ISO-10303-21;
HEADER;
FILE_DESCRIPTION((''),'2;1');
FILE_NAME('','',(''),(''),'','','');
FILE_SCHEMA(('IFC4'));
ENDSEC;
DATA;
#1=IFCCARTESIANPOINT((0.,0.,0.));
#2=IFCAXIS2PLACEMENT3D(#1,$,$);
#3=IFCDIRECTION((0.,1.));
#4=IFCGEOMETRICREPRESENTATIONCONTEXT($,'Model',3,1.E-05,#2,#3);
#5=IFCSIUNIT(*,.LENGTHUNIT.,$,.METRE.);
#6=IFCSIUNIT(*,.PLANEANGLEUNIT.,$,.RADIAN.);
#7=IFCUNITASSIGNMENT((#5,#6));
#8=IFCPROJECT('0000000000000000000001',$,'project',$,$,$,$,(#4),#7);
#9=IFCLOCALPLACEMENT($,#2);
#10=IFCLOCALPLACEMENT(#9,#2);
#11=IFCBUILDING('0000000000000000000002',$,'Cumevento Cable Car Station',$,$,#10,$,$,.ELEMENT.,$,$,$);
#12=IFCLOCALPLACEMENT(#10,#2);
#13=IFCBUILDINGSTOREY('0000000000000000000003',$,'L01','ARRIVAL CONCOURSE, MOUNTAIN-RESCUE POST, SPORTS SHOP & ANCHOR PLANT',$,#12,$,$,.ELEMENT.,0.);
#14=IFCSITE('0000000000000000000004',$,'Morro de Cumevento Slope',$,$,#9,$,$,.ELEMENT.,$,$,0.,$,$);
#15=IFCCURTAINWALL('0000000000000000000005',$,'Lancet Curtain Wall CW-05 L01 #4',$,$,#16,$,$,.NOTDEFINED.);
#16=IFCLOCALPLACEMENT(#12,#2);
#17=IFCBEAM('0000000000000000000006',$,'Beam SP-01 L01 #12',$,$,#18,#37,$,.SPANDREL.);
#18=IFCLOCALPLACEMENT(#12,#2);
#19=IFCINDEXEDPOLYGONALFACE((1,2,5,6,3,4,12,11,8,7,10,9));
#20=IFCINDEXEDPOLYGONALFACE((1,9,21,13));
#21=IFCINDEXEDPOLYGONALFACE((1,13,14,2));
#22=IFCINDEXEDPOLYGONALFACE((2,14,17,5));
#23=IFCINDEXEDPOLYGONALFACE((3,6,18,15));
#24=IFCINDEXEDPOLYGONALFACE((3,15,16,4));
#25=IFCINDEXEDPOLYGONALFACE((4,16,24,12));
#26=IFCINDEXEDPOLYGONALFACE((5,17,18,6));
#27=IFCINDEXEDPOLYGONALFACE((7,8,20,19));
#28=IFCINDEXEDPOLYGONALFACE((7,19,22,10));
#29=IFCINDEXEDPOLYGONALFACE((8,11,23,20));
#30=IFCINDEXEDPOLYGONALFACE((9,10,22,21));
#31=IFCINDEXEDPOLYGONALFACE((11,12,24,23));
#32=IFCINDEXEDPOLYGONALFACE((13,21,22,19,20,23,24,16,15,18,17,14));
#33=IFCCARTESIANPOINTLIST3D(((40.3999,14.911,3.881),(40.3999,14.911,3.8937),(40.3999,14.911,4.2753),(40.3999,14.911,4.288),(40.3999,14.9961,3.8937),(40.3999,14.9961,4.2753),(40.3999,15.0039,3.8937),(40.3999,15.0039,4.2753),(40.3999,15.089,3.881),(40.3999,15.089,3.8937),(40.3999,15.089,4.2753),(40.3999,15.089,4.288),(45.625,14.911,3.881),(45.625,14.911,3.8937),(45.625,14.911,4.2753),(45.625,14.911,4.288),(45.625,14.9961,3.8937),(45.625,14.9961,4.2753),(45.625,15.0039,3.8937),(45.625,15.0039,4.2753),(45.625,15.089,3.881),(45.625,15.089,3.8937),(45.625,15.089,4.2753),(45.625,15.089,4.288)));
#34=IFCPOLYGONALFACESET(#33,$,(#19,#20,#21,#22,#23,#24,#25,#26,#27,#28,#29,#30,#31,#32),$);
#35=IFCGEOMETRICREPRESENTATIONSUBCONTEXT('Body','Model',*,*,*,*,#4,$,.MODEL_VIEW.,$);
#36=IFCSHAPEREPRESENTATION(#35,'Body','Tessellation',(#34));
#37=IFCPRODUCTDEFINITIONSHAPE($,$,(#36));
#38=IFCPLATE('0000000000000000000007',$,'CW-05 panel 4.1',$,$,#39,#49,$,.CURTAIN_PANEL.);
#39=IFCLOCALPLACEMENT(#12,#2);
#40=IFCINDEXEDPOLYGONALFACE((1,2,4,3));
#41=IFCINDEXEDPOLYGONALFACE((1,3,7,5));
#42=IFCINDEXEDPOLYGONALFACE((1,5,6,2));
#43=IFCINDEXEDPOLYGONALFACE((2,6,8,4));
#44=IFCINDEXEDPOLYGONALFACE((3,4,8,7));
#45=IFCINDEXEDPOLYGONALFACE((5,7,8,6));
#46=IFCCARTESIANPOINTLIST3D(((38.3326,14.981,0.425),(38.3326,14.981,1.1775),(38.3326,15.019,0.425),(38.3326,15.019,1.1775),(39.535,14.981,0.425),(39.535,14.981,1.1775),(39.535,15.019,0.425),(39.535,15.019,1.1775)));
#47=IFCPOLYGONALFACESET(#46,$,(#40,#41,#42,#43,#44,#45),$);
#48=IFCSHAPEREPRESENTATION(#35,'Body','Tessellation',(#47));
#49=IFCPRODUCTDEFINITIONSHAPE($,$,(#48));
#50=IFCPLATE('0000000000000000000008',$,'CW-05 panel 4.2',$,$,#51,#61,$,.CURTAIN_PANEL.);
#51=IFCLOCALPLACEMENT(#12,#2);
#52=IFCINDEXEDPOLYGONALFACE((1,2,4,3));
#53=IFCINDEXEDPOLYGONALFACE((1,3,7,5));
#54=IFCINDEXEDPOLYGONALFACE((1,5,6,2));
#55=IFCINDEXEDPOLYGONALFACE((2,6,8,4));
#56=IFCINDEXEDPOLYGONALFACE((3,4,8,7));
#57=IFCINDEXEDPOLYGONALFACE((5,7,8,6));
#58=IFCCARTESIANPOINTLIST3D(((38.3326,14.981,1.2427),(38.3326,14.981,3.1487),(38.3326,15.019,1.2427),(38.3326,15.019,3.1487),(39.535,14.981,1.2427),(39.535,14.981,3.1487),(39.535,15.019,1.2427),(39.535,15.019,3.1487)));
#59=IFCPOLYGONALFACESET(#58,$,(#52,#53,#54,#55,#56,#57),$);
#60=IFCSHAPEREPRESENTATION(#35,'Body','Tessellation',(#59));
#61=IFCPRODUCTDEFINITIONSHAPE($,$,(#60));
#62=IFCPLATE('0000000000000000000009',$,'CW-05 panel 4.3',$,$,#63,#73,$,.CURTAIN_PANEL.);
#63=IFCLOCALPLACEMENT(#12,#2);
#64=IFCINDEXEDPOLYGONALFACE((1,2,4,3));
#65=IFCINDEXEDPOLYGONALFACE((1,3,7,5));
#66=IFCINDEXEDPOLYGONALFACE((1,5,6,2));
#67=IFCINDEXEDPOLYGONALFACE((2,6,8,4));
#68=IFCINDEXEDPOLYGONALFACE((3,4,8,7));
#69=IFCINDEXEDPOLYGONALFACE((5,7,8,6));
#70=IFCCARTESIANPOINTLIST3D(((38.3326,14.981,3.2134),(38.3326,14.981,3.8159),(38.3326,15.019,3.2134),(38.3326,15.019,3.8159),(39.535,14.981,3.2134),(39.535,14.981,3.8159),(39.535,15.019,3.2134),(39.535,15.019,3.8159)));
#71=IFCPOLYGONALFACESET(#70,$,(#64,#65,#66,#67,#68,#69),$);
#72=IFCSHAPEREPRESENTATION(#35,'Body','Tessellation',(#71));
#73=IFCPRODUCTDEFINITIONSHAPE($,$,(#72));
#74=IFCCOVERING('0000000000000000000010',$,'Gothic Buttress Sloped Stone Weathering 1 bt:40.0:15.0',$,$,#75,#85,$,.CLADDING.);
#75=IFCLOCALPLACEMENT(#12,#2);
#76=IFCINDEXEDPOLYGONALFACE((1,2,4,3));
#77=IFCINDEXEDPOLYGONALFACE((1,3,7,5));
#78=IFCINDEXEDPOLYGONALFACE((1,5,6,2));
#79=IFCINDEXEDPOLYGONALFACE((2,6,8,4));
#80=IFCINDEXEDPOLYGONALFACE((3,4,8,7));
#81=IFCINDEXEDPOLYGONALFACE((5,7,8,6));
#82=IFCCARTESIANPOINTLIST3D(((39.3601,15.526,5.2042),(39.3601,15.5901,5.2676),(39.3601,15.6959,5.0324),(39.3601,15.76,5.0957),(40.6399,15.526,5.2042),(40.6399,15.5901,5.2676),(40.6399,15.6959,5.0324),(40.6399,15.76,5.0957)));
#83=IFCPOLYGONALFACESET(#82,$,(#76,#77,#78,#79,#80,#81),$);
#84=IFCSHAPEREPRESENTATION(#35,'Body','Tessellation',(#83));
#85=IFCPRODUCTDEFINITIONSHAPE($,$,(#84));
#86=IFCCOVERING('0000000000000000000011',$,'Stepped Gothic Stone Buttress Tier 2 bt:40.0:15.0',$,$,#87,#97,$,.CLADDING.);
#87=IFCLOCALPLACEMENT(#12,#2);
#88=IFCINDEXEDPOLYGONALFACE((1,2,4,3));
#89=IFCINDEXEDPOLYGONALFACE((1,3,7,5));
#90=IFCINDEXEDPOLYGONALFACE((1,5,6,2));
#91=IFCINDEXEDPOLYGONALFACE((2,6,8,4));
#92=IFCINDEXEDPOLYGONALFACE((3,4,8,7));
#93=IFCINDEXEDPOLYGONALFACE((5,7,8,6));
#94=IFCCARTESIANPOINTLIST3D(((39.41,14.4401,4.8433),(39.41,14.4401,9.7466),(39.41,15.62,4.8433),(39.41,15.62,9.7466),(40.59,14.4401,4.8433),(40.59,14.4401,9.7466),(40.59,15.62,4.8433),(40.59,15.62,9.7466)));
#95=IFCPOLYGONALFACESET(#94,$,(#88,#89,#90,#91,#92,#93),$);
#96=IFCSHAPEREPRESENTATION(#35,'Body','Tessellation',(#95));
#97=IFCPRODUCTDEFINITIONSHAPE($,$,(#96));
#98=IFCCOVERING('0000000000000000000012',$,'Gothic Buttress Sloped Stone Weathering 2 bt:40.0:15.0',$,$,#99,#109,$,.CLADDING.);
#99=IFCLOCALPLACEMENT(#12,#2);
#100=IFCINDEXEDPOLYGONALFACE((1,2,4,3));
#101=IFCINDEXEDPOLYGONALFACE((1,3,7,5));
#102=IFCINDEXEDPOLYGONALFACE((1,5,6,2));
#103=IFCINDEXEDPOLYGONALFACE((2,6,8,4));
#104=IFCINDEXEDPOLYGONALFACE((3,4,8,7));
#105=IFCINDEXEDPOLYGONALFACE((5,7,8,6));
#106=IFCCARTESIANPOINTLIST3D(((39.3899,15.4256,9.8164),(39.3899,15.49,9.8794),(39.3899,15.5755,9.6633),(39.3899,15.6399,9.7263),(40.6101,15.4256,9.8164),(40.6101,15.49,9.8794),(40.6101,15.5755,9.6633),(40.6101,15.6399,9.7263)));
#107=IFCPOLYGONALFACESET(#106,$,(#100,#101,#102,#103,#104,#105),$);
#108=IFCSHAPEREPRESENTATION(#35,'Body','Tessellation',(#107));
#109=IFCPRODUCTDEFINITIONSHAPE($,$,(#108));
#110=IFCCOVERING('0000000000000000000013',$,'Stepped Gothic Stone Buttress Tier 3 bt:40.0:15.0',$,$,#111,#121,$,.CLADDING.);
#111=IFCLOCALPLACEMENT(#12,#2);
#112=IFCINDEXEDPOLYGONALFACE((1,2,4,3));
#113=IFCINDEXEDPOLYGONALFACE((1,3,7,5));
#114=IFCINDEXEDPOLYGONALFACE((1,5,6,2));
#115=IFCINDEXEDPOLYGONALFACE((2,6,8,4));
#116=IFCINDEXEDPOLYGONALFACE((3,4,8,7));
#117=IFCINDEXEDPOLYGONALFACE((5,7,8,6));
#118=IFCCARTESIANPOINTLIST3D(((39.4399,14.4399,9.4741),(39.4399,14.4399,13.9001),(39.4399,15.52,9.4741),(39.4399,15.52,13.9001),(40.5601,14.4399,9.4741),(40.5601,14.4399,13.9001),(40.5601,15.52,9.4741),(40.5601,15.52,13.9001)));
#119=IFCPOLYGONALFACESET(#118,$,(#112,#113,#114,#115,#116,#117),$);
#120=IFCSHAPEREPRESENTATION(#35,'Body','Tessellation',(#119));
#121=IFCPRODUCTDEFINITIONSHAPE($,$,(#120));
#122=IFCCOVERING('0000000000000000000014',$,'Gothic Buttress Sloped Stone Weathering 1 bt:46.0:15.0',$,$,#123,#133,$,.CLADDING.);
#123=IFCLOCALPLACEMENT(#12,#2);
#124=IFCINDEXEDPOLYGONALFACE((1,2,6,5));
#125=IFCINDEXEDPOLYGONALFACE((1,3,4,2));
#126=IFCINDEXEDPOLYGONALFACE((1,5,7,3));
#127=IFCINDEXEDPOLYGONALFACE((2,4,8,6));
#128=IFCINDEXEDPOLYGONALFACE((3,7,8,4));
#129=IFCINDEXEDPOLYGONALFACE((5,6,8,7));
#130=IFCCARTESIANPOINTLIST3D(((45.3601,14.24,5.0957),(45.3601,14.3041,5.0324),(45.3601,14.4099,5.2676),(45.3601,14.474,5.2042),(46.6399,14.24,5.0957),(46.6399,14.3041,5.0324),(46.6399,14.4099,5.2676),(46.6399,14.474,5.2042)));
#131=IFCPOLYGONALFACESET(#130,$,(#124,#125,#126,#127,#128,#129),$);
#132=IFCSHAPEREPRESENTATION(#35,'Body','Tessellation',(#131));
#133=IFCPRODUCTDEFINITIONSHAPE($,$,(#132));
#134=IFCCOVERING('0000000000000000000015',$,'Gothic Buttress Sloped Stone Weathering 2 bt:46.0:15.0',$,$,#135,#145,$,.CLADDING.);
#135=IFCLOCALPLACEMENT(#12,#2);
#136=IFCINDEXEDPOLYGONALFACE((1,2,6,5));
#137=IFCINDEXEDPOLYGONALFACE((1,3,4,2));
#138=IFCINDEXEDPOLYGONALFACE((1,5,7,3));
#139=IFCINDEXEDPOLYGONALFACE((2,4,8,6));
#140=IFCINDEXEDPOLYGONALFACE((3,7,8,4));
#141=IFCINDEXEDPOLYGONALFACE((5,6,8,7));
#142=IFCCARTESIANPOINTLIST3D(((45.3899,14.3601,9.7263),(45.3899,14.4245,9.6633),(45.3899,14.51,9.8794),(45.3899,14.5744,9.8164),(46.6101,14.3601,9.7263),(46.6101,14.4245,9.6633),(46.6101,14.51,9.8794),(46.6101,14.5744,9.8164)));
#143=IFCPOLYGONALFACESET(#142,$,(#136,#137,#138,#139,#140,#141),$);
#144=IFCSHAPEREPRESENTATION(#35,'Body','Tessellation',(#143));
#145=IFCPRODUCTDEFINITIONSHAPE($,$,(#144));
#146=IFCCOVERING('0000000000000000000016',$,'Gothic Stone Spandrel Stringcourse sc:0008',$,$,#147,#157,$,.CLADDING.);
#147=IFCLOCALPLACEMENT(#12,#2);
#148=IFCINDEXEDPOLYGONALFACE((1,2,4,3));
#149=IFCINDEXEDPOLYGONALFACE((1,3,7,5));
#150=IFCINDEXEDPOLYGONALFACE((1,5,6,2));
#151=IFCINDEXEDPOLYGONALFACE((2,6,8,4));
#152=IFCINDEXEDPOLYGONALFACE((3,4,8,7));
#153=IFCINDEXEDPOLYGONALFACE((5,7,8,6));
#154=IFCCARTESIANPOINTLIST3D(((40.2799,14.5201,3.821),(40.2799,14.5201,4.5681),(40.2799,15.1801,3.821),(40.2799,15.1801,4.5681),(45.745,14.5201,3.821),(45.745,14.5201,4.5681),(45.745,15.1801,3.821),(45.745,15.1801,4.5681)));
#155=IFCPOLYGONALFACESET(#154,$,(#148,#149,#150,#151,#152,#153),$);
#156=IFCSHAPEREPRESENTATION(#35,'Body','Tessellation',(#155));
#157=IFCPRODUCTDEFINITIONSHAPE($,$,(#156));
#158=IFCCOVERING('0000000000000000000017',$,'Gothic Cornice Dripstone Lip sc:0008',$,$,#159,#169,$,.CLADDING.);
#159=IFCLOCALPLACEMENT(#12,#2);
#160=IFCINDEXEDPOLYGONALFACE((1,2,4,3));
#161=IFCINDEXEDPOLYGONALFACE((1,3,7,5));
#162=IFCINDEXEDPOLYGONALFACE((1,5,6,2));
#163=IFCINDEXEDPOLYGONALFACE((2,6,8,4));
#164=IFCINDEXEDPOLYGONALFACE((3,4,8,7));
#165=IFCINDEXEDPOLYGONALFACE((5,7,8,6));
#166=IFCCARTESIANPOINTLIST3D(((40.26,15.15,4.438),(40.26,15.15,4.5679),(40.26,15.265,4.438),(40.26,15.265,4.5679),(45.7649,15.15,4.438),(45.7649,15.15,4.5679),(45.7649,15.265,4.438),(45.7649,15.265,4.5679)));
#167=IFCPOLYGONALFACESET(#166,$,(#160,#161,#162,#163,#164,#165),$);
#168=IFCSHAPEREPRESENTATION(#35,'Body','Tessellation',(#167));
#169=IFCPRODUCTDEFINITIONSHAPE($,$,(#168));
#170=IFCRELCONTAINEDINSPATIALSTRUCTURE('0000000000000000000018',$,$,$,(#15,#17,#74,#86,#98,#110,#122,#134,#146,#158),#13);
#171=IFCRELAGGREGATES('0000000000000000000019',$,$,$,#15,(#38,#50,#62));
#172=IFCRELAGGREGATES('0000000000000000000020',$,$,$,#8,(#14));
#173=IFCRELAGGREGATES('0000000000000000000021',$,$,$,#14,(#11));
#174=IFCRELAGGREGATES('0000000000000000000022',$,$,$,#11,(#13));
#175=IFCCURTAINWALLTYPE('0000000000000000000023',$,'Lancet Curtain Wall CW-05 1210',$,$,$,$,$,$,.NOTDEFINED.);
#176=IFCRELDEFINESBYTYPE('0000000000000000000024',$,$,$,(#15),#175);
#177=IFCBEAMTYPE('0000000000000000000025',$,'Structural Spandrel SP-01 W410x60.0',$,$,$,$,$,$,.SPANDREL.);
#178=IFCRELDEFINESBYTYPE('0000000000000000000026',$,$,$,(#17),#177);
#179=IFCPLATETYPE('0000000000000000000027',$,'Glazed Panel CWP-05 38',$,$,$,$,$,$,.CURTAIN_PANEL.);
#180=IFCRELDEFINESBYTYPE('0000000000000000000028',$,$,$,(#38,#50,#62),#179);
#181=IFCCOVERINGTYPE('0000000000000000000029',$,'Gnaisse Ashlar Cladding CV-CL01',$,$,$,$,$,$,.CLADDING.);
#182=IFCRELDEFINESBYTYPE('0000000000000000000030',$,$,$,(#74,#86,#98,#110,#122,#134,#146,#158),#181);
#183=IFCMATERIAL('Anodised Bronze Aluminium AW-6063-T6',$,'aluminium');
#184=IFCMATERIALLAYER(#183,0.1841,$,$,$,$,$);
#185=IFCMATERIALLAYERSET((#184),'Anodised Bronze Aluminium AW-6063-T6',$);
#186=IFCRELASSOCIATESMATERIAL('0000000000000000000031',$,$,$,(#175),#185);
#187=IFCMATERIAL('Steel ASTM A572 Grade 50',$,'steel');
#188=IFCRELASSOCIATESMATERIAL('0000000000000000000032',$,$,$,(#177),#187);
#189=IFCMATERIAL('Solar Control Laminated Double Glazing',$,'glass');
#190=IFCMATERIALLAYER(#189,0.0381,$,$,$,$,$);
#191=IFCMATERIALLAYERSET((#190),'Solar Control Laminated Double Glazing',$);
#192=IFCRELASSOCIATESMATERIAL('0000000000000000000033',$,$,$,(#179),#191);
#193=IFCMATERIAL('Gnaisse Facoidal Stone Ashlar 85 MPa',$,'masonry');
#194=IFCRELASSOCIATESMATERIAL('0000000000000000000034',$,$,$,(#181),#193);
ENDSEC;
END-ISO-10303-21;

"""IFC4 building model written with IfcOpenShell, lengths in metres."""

from ifc_helpers import new_model, si_unit, direction, frame, origin, origin_2d, place, context, subcontext, project, spatial, polyline, rectangle, i_section, outline, extrude, material, layer, layer_set, material_profile, profile_set, type_object, element, aggregate, save


model = new_model("IFC4")

# Units and contexts
model_context = context("Model", 3, precision=1e-05, world=origin(), true_north=direction((0.0, 1.0)))
body_context = subcontext(model_context, "Body", "Model", "MODEL_VIEW")
ifc_project = project(units=[si_unit("LENGTHUNIT", "METRE"), si_unit("PLANEANGLEUNIT", "RADIAN")], contexts=[model_context])

# Site, building, storey
site_placement = place(None, origin())
site = spatial("IfcSite", under=ifc_project, at=site_placement, Name="Morro de Cumevento Slope", CompositionType="ELEMENT", RefElevation=0.0)
building_placement = place(site_placement, origin())
building = spatial("IfcBuilding", under=site, at=building_placement, Name="Cumevento Cable Car Station", CompositionType="ELEMENT")
storey_placement = place(building_placement, origin())
storey = spatial("IfcBuildingStorey", under=building, at=storey_placement, Name="L01", Description="ARRIVAL CONCOURSE, MOUNTAIN-RESCUE POST, SPORTS SHOP & ANCHOR PLANT", CompositionType="ELEMENT", Elevation=0.0)

# Curtain wall
ifc_material_1 = material(Name="Anodised Bronze Aluminium AW-6063-T6", Category="aluminium")
ifc_layer_1 = layer(ifc_material_1, 0.1841)
ifc_layer_set_1 = layer_set([ifc_layer_1], Name="Anodised Bronze Aluminium AW-6063-T6")
curtain_wall_type = type_object("IfcCurtainWallType", Name="Lancet Curtain Wall CW-05 1210", PredefinedType="NOTDEFINED", material=ifc_layer_set_1)
curtain_wall_placement = place(storey_placement, origin())
curtain_wall = element("IfcCurtainWall", 1, at=curtain_wall_placement, inside=storey, type_object=curtain_wall_type, Name="Lancet Curtain Wall CW-05 L01 #4", PredefinedType="NOTDEFINED")

# Beam
ifc_material_2 = material(Name="Steel ASTM A572 Grade 50", Category="steel")
ifc_material_profile_1 = material_profile(ifc_material_2, i_section(OverallWidth=0.178, OverallDepth=0.407, WebThickness=0.0078, FlangeThickness=0.0127, at=origin_2d()), Name="W410x60.0")
ifc_profile_set_1 = profile_set([ifc_material_profile_1], Name="Steel ASTM A572 Grade 50")
beam_type_1 = type_object("IfcBeamType", Name="Structural Spandrel SP-01 W410x60.0", PredefinedType="SPANDREL", material=ifc_profile_set_1)
beam_1_placement = place(storey_placement, frame((40.3999, 15.0, 4.0845), z_axis=(1.0, 0.0, 0.0), x_axis=(0.0, 1.0, 0.0)))
element("IfcBeam", 2, at=beam_1_placement, inside=storey, type_object=beam_type_1, Name="Beam SP-01 L01 #12", PredefinedType="SPANDREL", context=body_context, shape_type="SweptSolid", body=[
    extrude(i_section(OverallWidth=0.178, OverallDepth=0.407, WebThickness=0.0078, FlangeThickness=0.0127, at=origin_2d()), origin(), (0.0, 0.0, 1.0), 5.2251),
])

# Plates
ifc_material_3 = material(Name="Solar Control Laminated Double Glazing", Category="glass")
ifc_layer_2 = layer(ifc_material_3, 0.0381)
ifc_layer_set_2 = layer_set([ifc_layer_2], Name="Solar Control Laminated Double Glazing")
plate_type = type_object("IfcPlateType", Name="Glazed Panel CWP-05 38", PredefinedType="CURTAIN_PANEL", material=ifc_layer_set_2)
plate_1_placement = place(storey_placement, frame((38.9338, 15.0, 0.425), z_axis=(0.0, 0.0, 1.0), x_axis=(1.0, 0.0, 0.0)))
plate_1 = element("IfcPlate", 3, at=plate_1_placement, type_object=plate_type, Name="CW-05 panel 4.1", PredefinedType="CURTAIN_PANEL", context=body_context, shape_type="SweptSolid", body=[
    extrude(rectangle(XDim=1.2024, YDim=0.0381, at=origin_2d()), origin(), (0.0, 0.0, 1.0), 0.7524),
])
plate_2_placement = place(storey_placement, frame((38.9338, 15.0, 1.2427), z_axis=(0.0, 0.0, 1.0), x_axis=(1.0, 0.0, 0.0)))
plate_2 = element("IfcPlate", 4, at=plate_2_placement, type_object=plate_type, Name="CW-05 panel 4.2", PredefinedType="CURTAIN_PANEL", context=body_context, shape_type="SweptSolid", body=[
    extrude(rectangle(XDim=1.2024, YDim=0.0381, at=origin_2d()), origin(), (0.0, 0.0, 1.0), 1.906),
])
plate_3_placement = place(storey_placement, frame((38.9338, 15.0, 3.2134), z_axis=(0.0, 0.0, 1.0), x_axis=(1.0, 0.0, 0.0)))
plate_3 = element("IfcPlate", 5, at=plate_3_placement, type_object=plate_type, Name="CW-05 panel 4.3", PredefinedType="CURTAIN_PANEL", context=body_context, shape_type="SweptSolid", body=[
    extrude(rectangle(XDim=1.2024, YDim=0.0381, at=origin_2d()), origin(), (0.0, 0.0, 1.0), 0.6025),
])
aggregate(curtain_wall, [plate_1, plate_2, plate_3])

# Coverings
ifc_material_4 = material(Name="Gnaisse Facoidal Stone Ashlar 85 MPa", Category="masonry")
covering_type = type_object("IfcCoveringType", Name="Gnaisse Ashlar Cladding CV-CL01", PredefinedType="CLADDING", material=ifc_material_4)
covering_1_placement = place(storey_placement, frame((40.6399, 15.76, 5.0957), z_axis=(0.0, 0.711136, 0.703055), x_axis=(-1.0, 0.0, 0.0)))
element("IfcCovering", 6, at=covering_1_placement, inside=storey, type_object=covering_type, Name="Gothic Buttress Sloped Stone Weathering 1 bt:40.0:15.0", PredefinedType="CLADDING", context=body_context, shape_type="SweptSolid", body=[
    extrude(outline(polyline([(0.0, 0.0), (1.2798, 0.0), (1.2798, 0.2417), (0.0, 0.2417), (0.0, 0.0)])), origin(), (0.0, 0.0, -1.0), 0.0901),
])
covering_2_placement = place(storey_placement, frame((40.0, 15.03, 4.8433), z_axis=(0.0, 0.0, 1.0), x_axis=(-1.0, 0.0, 0.0)))
element("IfcCovering", 7, at=covering_2_placement, inside=storey, type_object=covering_type, Name="Stepped Gothic Stone Buttress Tier 2 bt:40.0:15.0", PredefinedType="CLADDING", context=body_context, shape_type="SweptSolid", body=[
    extrude(rectangle(XDim=1.1799, YDim=1.1799, at=origin_2d()), origin(), (0.0, 0.0, 1.0), 4.9033),
])
covering_3_placement = place(storey_placement, frame((40.6101, 15.6399, 9.7263), z_axis=(0.0, 0.714475, 0.699661), x_axis=(-1.0, 0.0, 0.0)))
element("IfcCovering", 8, at=covering_3_placement, inside=storey, type_object=covering_type, Name="Gothic Buttress Sloped Stone Weathering 2 bt:40.0:15.0", PredefinedType="CLADDING", context=body_context, shape_type="SweptSolid", body=[
    extrude(outline(polyline([(0.0, 0.0), (1.2202, 0.0), (1.2202, 0.2142), (0.0, 0.2142), (0.0, 0.0)])), origin(), (0.0, 0.0, -1.0), 0.0901),
])
covering_4_placement = place(storey_placement, frame((40.0, 14.98, 9.4741), z_axis=(0.0, 0.0, 1.0), x_axis=(-1.0, 0.0, 0.0)))
element("IfcCovering", 9, at=covering_4_placement, inside=storey, type_object=covering_type, Name="Stepped Gothic Stone Buttress Tier 3 bt:40.0:15.0", PredefinedType="CLADDING", context=body_context, shape_type="SweptSolid", body=[
    extrude(rectangle(XDim=1.1201, YDim=1.0801, at=origin_2d()), origin(), (0.0, 0.0, 1.0), 4.426),
])
covering_5_placement = place(storey_placement, frame((45.3601, 14.24, 5.0957), z_axis=(0.0, -0.711136, 0.703055), x_axis=(1.0, 0.0, 0.0)))
element("IfcCovering", 10, at=covering_5_placement, inside=storey, type_object=covering_type, Name="Gothic Buttress Sloped Stone Weathering 1 bt:46.0:15.0", PredefinedType="CLADDING", context=body_context, shape_type="SweptSolid", body=[
    extrude(outline(polyline([(0.0, 0.0), (1.2798, 0.0), (1.2798, 0.2417), (0.0, 0.2417), (0.0, 0.0)])), origin(), (0.0, 0.0, -1.0), 0.0901),
])
covering_6_placement = place(storey_placement, frame((45.3899, 14.3601, 9.7263), z_axis=(0.0, -0.714475, 0.699661), x_axis=(1.0, 0.0, 0.0)))
element("IfcCovering", 11, at=covering_6_placement, inside=storey, type_object=covering_type, Name="Gothic Buttress Sloped Stone Weathering 2 bt:46.0:15.0", PredefinedType="CLADDING", context=body_context, shape_type="SweptSolid", body=[
    extrude(outline(polyline([(0.0, 0.0), (1.2202, 0.0), (1.2202, 0.2142), (0.0, 0.2142), (0.0, 0.0)])), origin(), (0.0, 0.0, -1.0), 0.0901),
])
covering_7_placement = place(storey_placement, frame((43.0125, 14.8501, 3.821), z_axis=(0.0, 0.0, 1.0), x_axis=(1.0, 0.0, 0.0)))
element("IfcCovering", 12, at=covering_7_placement, inside=storey, type_object=covering_type, Name="Gothic Stone Spandrel Stringcourse sc:0008", PredefinedType="CLADDING", context=body_context, shape_type="SweptSolid", body=[
    extrude(rectangle(XDim=5.4651, YDim=0.6599, at=origin_2d()), origin(), (0.0, 0.0, 1.0), 0.7471),
])
covering_8_placement = place(storey_placement, frame((43.0125, 15.2075, 4.438), z_axis=(0.0, 0.0, 1.0), x_axis=(1.0, 0.0, 0.0)))
element("IfcCovering", 13, at=covering_8_placement, inside=storey, type_object=covering_type, Name="Gothic Cornice Dripstone Lip sc:0008", PredefinedType="CLADDING", context=body_context, shape_type="SweptSolid", body=[
    extrude(rectangle(XDim=5.5049, YDim=0.115, at=origin_2d()), origin(), (0.0, 0.0, 1.0), 0.1299),
])

save(model, "model.ifc")
